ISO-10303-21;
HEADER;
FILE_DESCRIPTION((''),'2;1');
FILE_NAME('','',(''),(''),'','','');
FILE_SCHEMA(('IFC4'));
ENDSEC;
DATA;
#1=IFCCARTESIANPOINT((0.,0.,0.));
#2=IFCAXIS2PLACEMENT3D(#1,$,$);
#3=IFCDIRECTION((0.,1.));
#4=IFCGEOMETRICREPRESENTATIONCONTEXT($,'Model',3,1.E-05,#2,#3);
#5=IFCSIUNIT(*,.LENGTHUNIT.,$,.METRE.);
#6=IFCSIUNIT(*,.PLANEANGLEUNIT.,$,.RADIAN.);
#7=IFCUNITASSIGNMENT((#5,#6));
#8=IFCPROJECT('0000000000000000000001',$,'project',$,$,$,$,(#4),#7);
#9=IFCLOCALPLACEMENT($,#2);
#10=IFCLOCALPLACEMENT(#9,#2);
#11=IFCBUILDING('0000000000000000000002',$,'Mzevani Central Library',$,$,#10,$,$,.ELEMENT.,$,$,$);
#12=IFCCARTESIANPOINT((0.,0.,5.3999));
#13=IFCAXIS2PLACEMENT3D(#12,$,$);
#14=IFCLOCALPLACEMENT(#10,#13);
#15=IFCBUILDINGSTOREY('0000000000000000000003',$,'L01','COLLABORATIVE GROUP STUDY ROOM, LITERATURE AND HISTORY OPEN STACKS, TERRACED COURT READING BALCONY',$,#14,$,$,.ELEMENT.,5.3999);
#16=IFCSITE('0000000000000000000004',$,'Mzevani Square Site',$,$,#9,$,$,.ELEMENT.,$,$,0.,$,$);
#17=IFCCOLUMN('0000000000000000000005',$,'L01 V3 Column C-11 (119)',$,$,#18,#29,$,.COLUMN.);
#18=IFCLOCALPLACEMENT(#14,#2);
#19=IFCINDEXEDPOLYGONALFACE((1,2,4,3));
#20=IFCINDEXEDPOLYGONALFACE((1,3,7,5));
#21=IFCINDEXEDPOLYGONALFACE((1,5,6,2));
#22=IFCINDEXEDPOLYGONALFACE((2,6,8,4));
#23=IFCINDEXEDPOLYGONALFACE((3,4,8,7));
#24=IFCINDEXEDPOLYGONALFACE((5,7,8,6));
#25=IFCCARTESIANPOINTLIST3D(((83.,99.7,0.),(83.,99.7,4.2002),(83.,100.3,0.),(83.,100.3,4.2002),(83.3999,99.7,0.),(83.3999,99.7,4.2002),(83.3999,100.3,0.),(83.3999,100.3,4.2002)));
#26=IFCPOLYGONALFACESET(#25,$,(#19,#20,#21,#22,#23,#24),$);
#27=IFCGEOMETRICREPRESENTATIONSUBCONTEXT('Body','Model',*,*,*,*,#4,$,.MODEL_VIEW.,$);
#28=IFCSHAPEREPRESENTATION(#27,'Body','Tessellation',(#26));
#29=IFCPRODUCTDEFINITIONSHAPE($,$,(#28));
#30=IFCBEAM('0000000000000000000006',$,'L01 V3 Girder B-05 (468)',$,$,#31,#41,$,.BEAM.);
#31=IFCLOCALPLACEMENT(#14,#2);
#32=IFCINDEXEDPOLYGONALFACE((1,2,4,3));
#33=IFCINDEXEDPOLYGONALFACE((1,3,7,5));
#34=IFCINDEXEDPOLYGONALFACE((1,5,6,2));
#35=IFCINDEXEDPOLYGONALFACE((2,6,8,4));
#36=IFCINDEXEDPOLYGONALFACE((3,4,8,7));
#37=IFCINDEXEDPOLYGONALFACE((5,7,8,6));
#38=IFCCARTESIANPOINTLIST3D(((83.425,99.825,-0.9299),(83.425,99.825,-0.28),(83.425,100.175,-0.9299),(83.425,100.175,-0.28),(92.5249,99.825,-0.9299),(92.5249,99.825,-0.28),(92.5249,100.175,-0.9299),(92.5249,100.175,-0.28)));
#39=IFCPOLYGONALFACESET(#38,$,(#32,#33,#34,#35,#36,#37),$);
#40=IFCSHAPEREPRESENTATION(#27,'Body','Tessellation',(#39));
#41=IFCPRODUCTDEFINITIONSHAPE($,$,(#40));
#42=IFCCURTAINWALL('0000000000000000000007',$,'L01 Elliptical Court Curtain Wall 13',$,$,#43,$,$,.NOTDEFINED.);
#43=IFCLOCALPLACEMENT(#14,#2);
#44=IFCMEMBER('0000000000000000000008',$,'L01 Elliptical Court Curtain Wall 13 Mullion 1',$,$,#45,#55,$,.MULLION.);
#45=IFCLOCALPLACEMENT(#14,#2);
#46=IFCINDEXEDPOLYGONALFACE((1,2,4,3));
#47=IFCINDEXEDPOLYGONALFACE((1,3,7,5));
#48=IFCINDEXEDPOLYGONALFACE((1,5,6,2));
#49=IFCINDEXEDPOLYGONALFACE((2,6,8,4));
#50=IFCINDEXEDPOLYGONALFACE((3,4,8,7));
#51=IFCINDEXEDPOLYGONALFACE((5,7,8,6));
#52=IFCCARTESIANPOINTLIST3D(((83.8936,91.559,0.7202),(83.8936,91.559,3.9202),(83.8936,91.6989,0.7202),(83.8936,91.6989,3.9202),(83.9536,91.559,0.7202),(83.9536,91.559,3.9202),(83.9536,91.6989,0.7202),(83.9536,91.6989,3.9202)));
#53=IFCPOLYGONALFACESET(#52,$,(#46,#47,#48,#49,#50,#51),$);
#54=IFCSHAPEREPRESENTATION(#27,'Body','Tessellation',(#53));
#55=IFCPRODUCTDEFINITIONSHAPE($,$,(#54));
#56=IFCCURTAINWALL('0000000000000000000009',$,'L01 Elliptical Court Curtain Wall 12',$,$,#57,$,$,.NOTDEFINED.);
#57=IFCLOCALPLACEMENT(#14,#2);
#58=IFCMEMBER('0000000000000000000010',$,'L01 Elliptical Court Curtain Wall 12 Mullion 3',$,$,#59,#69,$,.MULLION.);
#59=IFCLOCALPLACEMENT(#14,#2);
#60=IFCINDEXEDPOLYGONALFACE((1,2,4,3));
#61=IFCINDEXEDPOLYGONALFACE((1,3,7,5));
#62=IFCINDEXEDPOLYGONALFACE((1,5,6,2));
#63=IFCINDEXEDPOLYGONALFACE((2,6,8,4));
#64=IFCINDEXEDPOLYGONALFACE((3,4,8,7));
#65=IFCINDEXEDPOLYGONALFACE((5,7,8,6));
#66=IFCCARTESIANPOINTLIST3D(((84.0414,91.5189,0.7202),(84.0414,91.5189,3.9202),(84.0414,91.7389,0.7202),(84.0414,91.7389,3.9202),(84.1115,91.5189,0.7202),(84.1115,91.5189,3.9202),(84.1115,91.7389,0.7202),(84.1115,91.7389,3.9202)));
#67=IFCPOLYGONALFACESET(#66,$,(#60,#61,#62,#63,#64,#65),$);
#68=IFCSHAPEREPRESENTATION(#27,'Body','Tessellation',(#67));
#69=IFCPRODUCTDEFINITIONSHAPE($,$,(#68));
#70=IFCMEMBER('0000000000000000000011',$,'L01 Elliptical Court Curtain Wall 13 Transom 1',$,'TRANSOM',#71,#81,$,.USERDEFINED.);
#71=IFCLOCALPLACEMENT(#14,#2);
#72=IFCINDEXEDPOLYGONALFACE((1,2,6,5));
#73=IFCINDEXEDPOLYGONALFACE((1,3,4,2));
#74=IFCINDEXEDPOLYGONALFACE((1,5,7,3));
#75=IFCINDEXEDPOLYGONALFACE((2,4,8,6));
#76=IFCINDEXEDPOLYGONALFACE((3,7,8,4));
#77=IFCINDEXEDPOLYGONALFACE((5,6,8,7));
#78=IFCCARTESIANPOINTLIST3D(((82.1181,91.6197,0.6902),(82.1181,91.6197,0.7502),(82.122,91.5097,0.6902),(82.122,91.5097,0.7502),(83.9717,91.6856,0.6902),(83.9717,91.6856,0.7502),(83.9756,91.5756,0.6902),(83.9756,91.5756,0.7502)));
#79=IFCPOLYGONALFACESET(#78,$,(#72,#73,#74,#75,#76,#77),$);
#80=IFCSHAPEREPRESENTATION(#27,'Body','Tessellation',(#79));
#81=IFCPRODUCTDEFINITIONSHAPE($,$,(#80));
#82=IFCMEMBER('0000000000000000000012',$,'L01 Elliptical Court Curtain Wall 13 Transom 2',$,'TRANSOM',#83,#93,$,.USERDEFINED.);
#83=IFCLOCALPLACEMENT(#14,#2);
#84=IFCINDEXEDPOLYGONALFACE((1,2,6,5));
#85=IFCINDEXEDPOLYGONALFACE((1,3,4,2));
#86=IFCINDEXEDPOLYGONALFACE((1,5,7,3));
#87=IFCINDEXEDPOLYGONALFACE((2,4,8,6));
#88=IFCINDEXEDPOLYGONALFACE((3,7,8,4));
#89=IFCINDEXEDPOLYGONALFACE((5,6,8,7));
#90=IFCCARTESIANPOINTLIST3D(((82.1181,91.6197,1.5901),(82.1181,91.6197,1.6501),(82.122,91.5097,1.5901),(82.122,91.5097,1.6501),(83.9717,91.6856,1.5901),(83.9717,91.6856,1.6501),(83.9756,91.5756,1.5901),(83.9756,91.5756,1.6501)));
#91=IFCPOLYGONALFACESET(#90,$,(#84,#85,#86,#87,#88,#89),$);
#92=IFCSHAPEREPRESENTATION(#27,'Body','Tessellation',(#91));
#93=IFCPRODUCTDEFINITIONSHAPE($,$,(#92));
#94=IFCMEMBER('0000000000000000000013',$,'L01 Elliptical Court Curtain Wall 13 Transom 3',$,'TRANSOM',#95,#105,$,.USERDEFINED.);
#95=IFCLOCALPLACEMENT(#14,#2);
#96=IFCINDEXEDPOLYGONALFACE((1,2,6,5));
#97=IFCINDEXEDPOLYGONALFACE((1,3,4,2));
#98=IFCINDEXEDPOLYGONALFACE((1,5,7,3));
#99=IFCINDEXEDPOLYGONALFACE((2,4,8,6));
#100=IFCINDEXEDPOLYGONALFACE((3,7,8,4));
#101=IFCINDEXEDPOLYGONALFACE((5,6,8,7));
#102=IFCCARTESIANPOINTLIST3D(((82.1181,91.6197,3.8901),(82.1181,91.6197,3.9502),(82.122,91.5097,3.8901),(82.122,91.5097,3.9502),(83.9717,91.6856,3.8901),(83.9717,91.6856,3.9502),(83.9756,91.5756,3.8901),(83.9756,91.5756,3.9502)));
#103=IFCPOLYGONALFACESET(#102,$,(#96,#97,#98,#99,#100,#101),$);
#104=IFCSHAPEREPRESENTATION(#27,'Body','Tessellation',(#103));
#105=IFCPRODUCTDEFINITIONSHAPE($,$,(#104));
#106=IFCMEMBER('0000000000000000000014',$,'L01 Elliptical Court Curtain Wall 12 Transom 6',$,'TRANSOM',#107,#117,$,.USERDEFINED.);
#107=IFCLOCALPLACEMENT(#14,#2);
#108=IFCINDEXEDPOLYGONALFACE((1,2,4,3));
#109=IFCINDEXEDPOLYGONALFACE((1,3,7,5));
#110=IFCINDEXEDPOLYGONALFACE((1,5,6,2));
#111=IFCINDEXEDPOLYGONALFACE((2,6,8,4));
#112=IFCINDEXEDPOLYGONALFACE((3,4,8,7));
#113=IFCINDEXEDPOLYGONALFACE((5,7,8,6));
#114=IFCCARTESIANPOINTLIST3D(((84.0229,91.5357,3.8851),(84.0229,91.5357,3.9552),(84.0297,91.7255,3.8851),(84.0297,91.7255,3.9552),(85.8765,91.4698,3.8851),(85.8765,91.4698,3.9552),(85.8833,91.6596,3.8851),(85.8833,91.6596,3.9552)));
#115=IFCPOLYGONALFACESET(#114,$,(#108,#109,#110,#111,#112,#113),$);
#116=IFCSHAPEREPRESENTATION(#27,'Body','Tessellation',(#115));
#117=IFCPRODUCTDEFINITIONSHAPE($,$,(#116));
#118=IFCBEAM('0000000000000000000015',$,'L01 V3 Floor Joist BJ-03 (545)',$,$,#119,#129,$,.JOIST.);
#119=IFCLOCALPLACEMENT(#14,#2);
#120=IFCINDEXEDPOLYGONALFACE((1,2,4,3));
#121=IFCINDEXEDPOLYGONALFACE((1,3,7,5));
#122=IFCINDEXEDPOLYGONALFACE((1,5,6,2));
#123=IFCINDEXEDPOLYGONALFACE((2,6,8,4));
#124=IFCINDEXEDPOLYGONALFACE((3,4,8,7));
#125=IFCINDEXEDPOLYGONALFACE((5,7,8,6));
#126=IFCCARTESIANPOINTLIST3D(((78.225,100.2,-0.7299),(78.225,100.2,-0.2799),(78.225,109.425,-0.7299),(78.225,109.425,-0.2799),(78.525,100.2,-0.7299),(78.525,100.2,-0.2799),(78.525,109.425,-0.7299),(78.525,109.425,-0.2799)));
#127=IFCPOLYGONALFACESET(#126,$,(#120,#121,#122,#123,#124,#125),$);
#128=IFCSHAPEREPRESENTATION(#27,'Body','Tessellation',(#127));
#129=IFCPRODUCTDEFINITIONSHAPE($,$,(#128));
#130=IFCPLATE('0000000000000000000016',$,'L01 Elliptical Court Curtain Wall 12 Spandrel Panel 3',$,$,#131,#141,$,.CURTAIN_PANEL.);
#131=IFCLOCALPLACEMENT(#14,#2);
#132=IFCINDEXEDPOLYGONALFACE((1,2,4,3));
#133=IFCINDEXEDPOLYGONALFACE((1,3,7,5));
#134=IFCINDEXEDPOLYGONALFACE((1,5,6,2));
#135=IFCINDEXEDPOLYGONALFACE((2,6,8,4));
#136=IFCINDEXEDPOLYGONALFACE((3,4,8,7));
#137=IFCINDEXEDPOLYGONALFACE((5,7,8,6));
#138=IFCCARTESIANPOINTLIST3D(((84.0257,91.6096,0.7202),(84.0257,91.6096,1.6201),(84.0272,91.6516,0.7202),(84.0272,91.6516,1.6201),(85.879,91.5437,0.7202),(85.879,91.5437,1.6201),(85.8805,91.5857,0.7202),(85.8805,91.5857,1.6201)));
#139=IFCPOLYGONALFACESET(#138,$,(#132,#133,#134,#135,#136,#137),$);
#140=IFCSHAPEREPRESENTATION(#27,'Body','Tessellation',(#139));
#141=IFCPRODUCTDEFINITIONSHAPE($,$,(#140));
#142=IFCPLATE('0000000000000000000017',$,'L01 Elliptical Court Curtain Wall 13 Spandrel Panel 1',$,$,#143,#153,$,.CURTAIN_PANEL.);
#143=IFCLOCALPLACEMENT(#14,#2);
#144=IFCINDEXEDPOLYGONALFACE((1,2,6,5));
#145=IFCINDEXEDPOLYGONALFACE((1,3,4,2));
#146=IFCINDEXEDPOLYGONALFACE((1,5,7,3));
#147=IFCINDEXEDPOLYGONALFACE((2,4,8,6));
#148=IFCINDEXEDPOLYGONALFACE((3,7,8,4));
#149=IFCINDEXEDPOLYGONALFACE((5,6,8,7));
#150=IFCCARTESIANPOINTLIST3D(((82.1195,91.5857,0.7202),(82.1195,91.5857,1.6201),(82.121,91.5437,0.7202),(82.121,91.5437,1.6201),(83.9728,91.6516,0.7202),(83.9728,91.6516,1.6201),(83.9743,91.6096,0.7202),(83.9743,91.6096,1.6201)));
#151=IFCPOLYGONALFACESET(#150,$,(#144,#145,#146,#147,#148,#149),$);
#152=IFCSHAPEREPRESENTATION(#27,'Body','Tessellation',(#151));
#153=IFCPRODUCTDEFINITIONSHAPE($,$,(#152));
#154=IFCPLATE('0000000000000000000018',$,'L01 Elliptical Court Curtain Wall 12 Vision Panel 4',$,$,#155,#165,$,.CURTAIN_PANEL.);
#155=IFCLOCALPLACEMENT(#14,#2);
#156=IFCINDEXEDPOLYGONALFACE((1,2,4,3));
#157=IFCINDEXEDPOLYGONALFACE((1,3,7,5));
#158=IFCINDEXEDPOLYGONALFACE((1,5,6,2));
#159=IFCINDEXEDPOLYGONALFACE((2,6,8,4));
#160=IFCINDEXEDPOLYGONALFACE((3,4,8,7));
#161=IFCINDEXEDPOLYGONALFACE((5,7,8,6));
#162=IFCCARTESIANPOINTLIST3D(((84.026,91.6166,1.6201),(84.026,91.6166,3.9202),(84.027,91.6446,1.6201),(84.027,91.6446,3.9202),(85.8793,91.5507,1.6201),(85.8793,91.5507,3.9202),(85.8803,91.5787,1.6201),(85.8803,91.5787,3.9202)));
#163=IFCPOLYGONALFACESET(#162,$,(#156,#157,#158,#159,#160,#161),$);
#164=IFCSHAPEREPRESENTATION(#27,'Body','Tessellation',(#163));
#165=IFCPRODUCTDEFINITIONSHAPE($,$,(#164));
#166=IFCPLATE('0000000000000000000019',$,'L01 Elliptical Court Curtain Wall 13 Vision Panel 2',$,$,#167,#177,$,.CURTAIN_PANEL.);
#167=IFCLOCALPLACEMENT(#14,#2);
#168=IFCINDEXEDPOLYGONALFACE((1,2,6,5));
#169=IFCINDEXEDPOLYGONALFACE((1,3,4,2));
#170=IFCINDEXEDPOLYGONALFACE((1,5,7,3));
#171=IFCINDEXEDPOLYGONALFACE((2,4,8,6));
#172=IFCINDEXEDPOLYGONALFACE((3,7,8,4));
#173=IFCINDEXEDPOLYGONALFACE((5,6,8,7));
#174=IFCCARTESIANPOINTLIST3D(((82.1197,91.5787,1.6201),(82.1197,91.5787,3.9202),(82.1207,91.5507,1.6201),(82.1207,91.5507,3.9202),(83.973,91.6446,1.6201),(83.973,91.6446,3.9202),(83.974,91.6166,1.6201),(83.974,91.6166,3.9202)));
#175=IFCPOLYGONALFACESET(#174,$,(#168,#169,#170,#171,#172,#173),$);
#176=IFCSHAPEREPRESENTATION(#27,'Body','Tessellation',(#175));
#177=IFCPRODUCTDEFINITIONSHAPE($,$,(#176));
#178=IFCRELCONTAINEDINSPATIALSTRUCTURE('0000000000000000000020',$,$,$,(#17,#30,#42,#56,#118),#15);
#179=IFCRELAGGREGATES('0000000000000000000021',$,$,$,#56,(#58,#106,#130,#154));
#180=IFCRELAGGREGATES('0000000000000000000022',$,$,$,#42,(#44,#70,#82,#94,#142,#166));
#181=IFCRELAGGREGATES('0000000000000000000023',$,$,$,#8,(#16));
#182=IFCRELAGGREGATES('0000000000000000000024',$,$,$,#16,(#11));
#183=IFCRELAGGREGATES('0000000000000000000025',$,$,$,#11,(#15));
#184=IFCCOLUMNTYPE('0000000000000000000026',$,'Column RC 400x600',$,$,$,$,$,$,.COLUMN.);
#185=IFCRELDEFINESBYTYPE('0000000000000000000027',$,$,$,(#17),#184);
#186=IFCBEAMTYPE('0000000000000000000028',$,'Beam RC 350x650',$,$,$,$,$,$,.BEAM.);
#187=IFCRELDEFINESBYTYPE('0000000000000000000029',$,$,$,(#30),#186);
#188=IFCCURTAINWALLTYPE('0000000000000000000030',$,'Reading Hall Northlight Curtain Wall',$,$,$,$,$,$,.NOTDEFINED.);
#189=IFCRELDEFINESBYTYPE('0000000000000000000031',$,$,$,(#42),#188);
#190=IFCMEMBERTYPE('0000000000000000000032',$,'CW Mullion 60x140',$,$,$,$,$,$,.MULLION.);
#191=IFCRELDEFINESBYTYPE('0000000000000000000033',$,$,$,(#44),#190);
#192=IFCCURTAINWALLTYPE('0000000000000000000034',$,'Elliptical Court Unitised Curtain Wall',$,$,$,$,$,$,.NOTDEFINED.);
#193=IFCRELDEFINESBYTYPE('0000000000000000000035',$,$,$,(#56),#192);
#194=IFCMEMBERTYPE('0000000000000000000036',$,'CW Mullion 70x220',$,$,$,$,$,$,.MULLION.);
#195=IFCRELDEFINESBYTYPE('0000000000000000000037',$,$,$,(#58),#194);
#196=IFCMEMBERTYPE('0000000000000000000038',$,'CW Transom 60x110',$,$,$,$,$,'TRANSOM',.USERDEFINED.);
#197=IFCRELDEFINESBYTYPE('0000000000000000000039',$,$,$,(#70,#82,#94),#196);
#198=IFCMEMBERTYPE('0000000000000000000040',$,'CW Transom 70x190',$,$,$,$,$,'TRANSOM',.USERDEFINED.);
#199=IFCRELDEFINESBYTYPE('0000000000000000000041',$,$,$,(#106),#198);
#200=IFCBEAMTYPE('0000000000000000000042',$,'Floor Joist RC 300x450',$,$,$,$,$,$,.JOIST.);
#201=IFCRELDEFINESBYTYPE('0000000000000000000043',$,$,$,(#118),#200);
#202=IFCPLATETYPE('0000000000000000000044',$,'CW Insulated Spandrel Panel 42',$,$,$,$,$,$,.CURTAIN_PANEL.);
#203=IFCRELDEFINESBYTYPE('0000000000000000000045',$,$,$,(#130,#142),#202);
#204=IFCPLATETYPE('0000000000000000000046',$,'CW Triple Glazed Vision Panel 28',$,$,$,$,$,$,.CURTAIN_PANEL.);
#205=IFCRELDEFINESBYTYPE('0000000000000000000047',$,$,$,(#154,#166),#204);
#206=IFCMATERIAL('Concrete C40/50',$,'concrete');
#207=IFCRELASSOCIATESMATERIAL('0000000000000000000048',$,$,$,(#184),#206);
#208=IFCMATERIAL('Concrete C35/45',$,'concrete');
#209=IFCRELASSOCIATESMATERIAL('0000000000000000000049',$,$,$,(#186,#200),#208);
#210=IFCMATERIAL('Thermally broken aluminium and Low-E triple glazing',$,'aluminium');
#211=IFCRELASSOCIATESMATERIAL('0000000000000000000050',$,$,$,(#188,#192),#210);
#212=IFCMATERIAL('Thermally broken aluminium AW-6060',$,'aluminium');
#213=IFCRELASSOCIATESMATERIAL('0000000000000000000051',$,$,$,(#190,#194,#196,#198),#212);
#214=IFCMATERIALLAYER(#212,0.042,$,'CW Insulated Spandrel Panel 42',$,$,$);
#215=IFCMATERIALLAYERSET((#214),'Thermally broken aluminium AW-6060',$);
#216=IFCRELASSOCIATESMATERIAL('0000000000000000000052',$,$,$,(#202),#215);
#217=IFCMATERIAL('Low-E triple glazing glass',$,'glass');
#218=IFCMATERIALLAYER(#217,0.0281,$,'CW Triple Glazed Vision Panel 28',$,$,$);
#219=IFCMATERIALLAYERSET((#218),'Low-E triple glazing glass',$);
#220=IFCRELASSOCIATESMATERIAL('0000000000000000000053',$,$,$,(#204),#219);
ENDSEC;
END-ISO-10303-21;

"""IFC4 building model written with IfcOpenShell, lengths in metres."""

from ifc_helpers import new_model, si_unit, direction, frame, origin, origin_2d, place, context, subcontext, project, spatial, rectangle, extrude, material, layer, layer_set, material_profile, profile_set, type_object, element, aggregate, save


model = new_model("IFC4")

# Units and contexts
model_context = context("Model", 3, precision=1e-05, world=origin(), true_north=direction((0.0, 1.0)))
body_context = subcontext(model_context, "Body", "Model", "MODEL_VIEW")
ifc_project = project(units=[si_unit("LENGTHUNIT", "METRE"), si_unit("PLANEANGLEUNIT", "RADIAN")], contexts=[model_context])

# Site, building, storey
site_placement = place(None, origin())
site = spatial("IfcSite", under=ifc_project, at=site_placement, Name="Mzevani Square Site", CompositionType="ELEMENT", RefElevation=0.0)
building_placement = place(site_placement, origin())
building = spatial("IfcBuilding", under=site, at=building_placement, Name="Mzevani Central Library", CompositionType="ELEMENT")
storey_placement = place(building_placement, frame((0.0, 0.0, 5.3999)))
storey = spatial("IfcBuildingStorey", under=building, at=storey_placement, Name="L01", Description="COLLABORATIVE GROUP STUDY ROOM, LITERATURE AND HISTORY OPEN STACKS, TERRACED COURT READING BALCONY", CompositionType="ELEMENT", Elevation=5.3999)

# Column
ifc_material_1 = material(Name="Concrete C40/50", Category="concrete")
ifc_material_profile_1 = material_profile(ifc_material_1, rectangle(XDim=0.3999, YDim=0.6001, at=origin_2d()), Name="RC 400x600")
ifc_profile_set_1 = profile_set([ifc_material_profile_1], Name="Concrete C40/50")
column_type = type_object("IfcColumnType", Name="Column RC 400x600", PredefinedType="COLUMN", material=ifc_profile_set_1)
column_placement = place(storey_placement, frame((83.2, 100.0, 0.0), z_axis=(0.0, 0.0, 1.0), x_axis=(1.0, 0.0, 0.0)))
element("IfcColumn", 1, at=column_placement, inside=storey, type_object=column_type, Name="L01 V3 Column C-11 (119)", PredefinedType="COLUMN", context=body_context, shape_type="SweptSolid", body=[
    extrude(rectangle(XDim=0.3999, YDim=0.6001, at=origin_2d()), origin(), (0.0, 0.0, 1.0), 4.2002),
])

# Beam
ifc_material_2 = material(Name="Concrete C35/45", Category="concrete")
ifc_material_profile_2 = material_profile(ifc_material_2, rectangle(XDim=0.3501, YDim=0.6499, at=origin_2d()), Name="RC B350x650")
ifc_profile_set_2 = profile_set([ifc_material_profile_2], Name="Concrete C35/45")
beam_type_1 = type_object("IfcBeamType", Name="Beam RC 350x650", PredefinedType="BEAM", material=ifc_profile_set_2)
beam_1_placement = place(storey_placement, frame((83.425, 100.0, -0.605), z_axis=(1.0, 0.0, 0.0), x_axis=(0.0, 1.0, 0.0)))
element("IfcBeam", 2, at=beam_1_placement, inside=storey, type_object=beam_type_1, Name="L01 V3 Girder B-05 (468)", PredefinedType="BEAM", context=body_context, shape_type="SweptSolid", body=[
    extrude(rectangle(XDim=0.3501, YDim=0.6499, at=origin_2d()), origin(), (0.0, 0.0, 1.0), 9.0999),
])

# Curtain walls, members
ifc_material_3 = material(Name="Thermally broken aluminium and Low-E triple glazing", Category="aluminium")
curtain_wall_type_1 = type_object("IfcCurtainWallType", Name="Reading Hall Northlight Curtain Wall", PredefinedType="NOTDEFINED", material=ifc_material_3)
curtain_wall_1_placement = place(storey_placement, origin())
curtain_wall_1 = element("IfcCurtainWall", 3, at=curtain_wall_1_placement, inside=storey, type_object=curtain_wall_type_1, Name="L01 Elliptical Court Curtain Wall 13", PredefinedType="NOTDEFINED")
ifc_material_4 = material(Name="Thermally broken aluminium AW-6060", Category="aluminium")
ifc_material_profile_3 = material_profile(ifc_material_4, rectangle(XDim=0.0601, YDim=0.1399, at=origin_2d()), Name="ALU M60x140")
ifc_profile_set_3 = profile_set([ifc_material_profile_3], Name="Thermally broken aluminium AW-6060")
member_type_1 = type_object("IfcMemberType", Name="CW Mullion 60x140", PredefinedType="MULLION", material=ifc_profile_set_3)
member_1_placement = place(storey_placement, frame((83.9236, 91.6289, 0.7202), z_axis=(0.0, 0.0, 1.0), x_axis=(1.0, 0.0, 0.0)))
member_1 = element("IfcMember", 4, at=member_1_placement, type_object=member_type_1, Name="L01 Elliptical Court Curtain Wall 13 Mullion 1", PredefinedType="MULLION", context=body_context, shape_type="SweptSolid", body=[
    extrude(rectangle(XDim=0.0601, YDim=0.1399, at=origin_2d()), origin(), (0.0, 0.0, 1.0), 3.2),
])
curtain_wall_type_2 = type_object("IfcCurtainWallType", Name="Elliptical Court Unitised Curtain Wall", PredefinedType="NOTDEFINED", material=ifc_material_3)
curtain_wall_2_placement = place(storey_placement, origin())
curtain_wall_2 = element("IfcCurtainWall", 5, at=curtain_wall_2_placement, inside=storey, type_object=curtain_wall_type_2, Name="L01 Elliptical Court Curtain Wall 12", PredefinedType="NOTDEFINED")
ifc_material_profile_4 = material_profile(ifc_material_4, rectangle(XDim=0.0701, YDim=0.22, at=origin_2d()), Name="ALU M70x220")
ifc_profile_set_4 = profile_set([ifc_material_profile_4], Name="Thermally broken aluminium AW-6060")
member_type_2 = type_object("IfcMemberType", Name="CW Mullion 70x220", PredefinedType="MULLION", material=ifc_profile_set_4)
member_2_placement = place(storey_placement, frame((84.0764, 91.6289, 0.7202), z_axis=(0.0, 0.0, 1.0), x_axis=(1.0, 0.0, 0.0)))
member_2 = element("IfcMember", 6, at=member_2_placement, type_object=member_type_2, Name="L01 Elliptical Court Curtain Wall 12 Mullion 3", PredefinedType="MULLION", context=body_context, shape_type="SweptSolid", body=[
    extrude(rectangle(XDim=0.0701, YDim=0.22, at=origin_2d()), origin(), (0.0, 0.0, 1.0), 3.2),
])

# Members
ifc_material_profile_5 = material_profile(ifc_material_4, rectangle(XDim=0.1101, YDim=0.0601, at=origin_2d()), Name="ALU T60x110")
ifc_profile_set_5 = profile_set([ifc_material_profile_5], Name="Thermally broken aluminium AW-6060")
member_type_3 = type_object("IfcMemberType", Name="CW Transom 60x110", ElementType="TRANSOM", PredefinedType="USERDEFINED", material=ifc_profile_set_5)
member_3_placement = place(storey_placement, frame((83.9736, 91.6306, 0.7202), z_axis=(-0.999368, -0.035541, 0.0), x_axis=(0.035541, -0.999368, 0.0)))
member_3 = element("IfcMember", 7, at=member_3_placement, type_object=member_type_3, Name="L01 Elliptical Court Curtain Wall 13 Transom 1", ObjectType="TRANSOM", PredefinedType="USERDEFINED", context=body_context, shape_type="SweptSolid", body=[
    extrude(rectangle(XDim=0.1101, YDim=0.0601, at=origin_2d()), origin(), (0.0, 0.0, 1.0), 1.8547),
])
member_4_placement = place(storey_placement, frame((83.9736, 91.6306, 1.6201), z_axis=(-0.999368, -0.035541, 0.0), x_axis=(0.035541, -0.999368, 0.0)))
member_4 = element("IfcMember", 8, at=member_4_placement, type_object=member_type_3, Name="L01 Elliptical Court Curtain Wall 13 Transom 2", ObjectType="TRANSOM", PredefinedType="USERDEFINED", context=body_context, shape_type="SweptSolid", body=[
    extrude(rectangle(XDim=0.1101, YDim=0.0601, at=origin_2d()), origin(), (0.0, 0.0, 1.0), 1.8547),
])
member_5_placement = place(storey_placement, frame((83.9736, 91.6306, 3.9202), z_axis=(-0.999368, -0.035541, 0.0), x_axis=(0.035541, -0.999368, 0.0)))
member_5 = element("IfcMember", 9, at=member_5_placement, type_object=member_type_3, Name="L01 Elliptical Court Curtain Wall 13 Transom 3", ObjectType="TRANSOM", PredefinedType="USERDEFINED", context=body_context, shape_type="SweptSolid", body=[
    extrude(rectangle(XDim=0.1101, YDim=0.0601, at=origin_2d()), origin(), (0.0, 0.0, 1.0), 1.8547),
])
ifc_material_profile_6 = material_profile(ifc_material_4, rectangle(XDim=0.1899, YDim=0.0701, at=origin_2d()), Name="ALU T70x190")
ifc_profile_set_6 = profile_set([ifc_material_profile_6], Name="Thermally broken aluminium AW-6060")
member_type_4 = type_object("IfcMemberType", Name="CW Transom 70x190", ElementType="TRANSOM", PredefinedType="USERDEFINED", material=ifc_profile_set_6)
member_6_placement = place(storey_placement, frame((85.8799, 91.5647, 3.9202), z_axis=(-0.999368, 0.035541, 0.0), x_axis=(-0.035541, -0.999368, 0.0)))
member_6 = element("IfcMember", 10, at=member_6_placement, type_object=member_type_4, Name="L01 Elliptical Court Curtain Wall 12 Transom 6", ObjectType="TRANSOM", PredefinedType="USERDEFINED", context=body_context, shape_type="SweptSolid", body=[
    extrude(rectangle(XDim=0.1899, YDim=0.0701, at=origin_2d()), origin(), (0.0, 0.0, 1.0), 1.8547),
])

# Beam
ifc_material_profile_7 = material_profile(ifc_material_2, rectangle(XDim=0.3, YDim=0.45, at=origin_2d()), Name="RC J300x450")
ifc_profile_set_7 = profile_set([ifc_material_profile_7], Name="Concrete C35/45")
beam_type_2 = type_object("IfcBeamType", Name="Floor Joist RC 300x450", PredefinedType="JOIST", material=ifc_profile_set_7)
beam_2_placement = place(storey_placement, frame((78.375, 100.2, -0.5049), z_axis=(0.0, 1.0, 0.0), x_axis=(-1.0, 0.0, 0.0)))
element("IfcBeam", 11, at=beam_2_placement, inside=storey, type_object=beam_type_2, Name="L01 V3 Floor Joist BJ-03 (545)", PredefinedType="JOIST", context=body_context, shape_type="SweptSolid", body=[
    extrude(rectangle(XDim=0.3, YDim=0.45, at=origin_2d()), origin(), (0.0, 0.0, 1.0), 9.2251),
])

# Plates
ifc_layer_1 = layer(ifc_material_4, 0.042, Name="CW Insulated Spandrel Panel 42")
ifc_layer_set_1 = layer_set([ifc_layer_1], Name="Thermally broken aluminium AW-6060")
plate_type_1 = type_object("IfcPlateType", Name="CW Insulated Spandrel Panel 42", PredefinedType="CURTAIN_PANEL", material=ifc_layer_set_1)
plate_1_placement = place(storey_placement, frame((84.9531, 91.5977, 0.7202), z_axis=(0.0, 0.0, 1.0), x_axis=(-0.999369, 0.035533, 0.0)))
plate_1 = element("IfcPlate", 12, at=plate_1_placement, type_object=plate_type_1, Name="L01 Elliptical Court Curtain Wall 12 Spandrel Panel 3", PredefinedType="CURTAIN_PANEL", context=body_context, shape_type="SweptSolid", body=[
    extrude(rectangle(XDim=1.8545, YDim=0.042, at=origin_2d()), origin(), (0.0, 0.0, 1.0), 0.8999),
])
plate_2_placement = place(storey_placement, frame((83.0469, 91.5977, 0.7202), z_axis=(0.0, 0.0, 1.0), x_axis=(-0.999369, -0.035533, 0.0)))
plate_2 = element("IfcPlate", 13, at=plate_2_placement, type_object=plate_type_1, Name="L01 Elliptical Court Curtain Wall 13 Spandrel Panel 1", PredefinedType="CURTAIN_PANEL", context=body_context, shape_type="SweptSolid", body=[
    extrude(rectangle(XDim=1.8545, YDim=0.042, at=origin_2d()), origin(), (0.0, 0.0, 1.0), 0.8999),
])
ifc_material_5 = material(Name="Low-E triple glazing glass", Category="glass")
ifc_layer_2 = layer(ifc_material_5, 0.0281, Name="CW Triple Glazed Vision Panel 28")
ifc_layer_set_2 = layer_set([ifc_layer_2], Name="Low-E triple glazing glass")
plate_type_2 = type_object("IfcPlateType", Name="CW Triple Glazed Vision Panel 28", PredefinedType="CURTAIN_PANEL", material=ifc_layer_set_2)
plate_3_placement = place(storey_placement, frame((84.9531, 91.5977, 1.6201), z_axis=(0.0, 0.0, 1.0), x_axis=(-0.999369, 0.035533, 0.0)))
plate_3 = element("IfcPlate", 14, at=plate_3_placement, type_object=plate_type_2, Name="L01 Elliptical Court Curtain Wall 12 Vision Panel 4", PredefinedType="CURTAIN_PANEL", context=body_context, shape_type="SweptSolid", body=[
    extrude(rectangle(XDim=1.8545, YDim=0.0281, at=origin_2d()), origin(), (0.0, 0.0, 1.0), 2.3),
])
aggregate(curtain_wall_2, [member_2, member_6, plate_1, plate_3])
plate_4_placement = place(storey_placement, frame((83.0469, 91.5977, 1.6201), z_axis=(0.0, 0.0, 1.0), x_axis=(-0.999369, -0.035533, 0.0)))
plate_4 = element("IfcPlate", 15, at=plate_4_placement, type_object=plate_type_2, Name="L01 Elliptical Court Curtain Wall 13 Vision Panel 2", PredefinedType="CURTAIN_PANEL", context=body_context, shape_type="SweptSolid", body=[
    extrude(rectangle(XDim=1.8545, YDim=0.0281, at=origin_2d()), origin(), (0.0, 0.0, 1.0), 2.3),
])
aggregate(curtain_wall_1, [member_1, member_3, member_4, member_5, plate_2, plate_4])

save(model, "model.ifc")
